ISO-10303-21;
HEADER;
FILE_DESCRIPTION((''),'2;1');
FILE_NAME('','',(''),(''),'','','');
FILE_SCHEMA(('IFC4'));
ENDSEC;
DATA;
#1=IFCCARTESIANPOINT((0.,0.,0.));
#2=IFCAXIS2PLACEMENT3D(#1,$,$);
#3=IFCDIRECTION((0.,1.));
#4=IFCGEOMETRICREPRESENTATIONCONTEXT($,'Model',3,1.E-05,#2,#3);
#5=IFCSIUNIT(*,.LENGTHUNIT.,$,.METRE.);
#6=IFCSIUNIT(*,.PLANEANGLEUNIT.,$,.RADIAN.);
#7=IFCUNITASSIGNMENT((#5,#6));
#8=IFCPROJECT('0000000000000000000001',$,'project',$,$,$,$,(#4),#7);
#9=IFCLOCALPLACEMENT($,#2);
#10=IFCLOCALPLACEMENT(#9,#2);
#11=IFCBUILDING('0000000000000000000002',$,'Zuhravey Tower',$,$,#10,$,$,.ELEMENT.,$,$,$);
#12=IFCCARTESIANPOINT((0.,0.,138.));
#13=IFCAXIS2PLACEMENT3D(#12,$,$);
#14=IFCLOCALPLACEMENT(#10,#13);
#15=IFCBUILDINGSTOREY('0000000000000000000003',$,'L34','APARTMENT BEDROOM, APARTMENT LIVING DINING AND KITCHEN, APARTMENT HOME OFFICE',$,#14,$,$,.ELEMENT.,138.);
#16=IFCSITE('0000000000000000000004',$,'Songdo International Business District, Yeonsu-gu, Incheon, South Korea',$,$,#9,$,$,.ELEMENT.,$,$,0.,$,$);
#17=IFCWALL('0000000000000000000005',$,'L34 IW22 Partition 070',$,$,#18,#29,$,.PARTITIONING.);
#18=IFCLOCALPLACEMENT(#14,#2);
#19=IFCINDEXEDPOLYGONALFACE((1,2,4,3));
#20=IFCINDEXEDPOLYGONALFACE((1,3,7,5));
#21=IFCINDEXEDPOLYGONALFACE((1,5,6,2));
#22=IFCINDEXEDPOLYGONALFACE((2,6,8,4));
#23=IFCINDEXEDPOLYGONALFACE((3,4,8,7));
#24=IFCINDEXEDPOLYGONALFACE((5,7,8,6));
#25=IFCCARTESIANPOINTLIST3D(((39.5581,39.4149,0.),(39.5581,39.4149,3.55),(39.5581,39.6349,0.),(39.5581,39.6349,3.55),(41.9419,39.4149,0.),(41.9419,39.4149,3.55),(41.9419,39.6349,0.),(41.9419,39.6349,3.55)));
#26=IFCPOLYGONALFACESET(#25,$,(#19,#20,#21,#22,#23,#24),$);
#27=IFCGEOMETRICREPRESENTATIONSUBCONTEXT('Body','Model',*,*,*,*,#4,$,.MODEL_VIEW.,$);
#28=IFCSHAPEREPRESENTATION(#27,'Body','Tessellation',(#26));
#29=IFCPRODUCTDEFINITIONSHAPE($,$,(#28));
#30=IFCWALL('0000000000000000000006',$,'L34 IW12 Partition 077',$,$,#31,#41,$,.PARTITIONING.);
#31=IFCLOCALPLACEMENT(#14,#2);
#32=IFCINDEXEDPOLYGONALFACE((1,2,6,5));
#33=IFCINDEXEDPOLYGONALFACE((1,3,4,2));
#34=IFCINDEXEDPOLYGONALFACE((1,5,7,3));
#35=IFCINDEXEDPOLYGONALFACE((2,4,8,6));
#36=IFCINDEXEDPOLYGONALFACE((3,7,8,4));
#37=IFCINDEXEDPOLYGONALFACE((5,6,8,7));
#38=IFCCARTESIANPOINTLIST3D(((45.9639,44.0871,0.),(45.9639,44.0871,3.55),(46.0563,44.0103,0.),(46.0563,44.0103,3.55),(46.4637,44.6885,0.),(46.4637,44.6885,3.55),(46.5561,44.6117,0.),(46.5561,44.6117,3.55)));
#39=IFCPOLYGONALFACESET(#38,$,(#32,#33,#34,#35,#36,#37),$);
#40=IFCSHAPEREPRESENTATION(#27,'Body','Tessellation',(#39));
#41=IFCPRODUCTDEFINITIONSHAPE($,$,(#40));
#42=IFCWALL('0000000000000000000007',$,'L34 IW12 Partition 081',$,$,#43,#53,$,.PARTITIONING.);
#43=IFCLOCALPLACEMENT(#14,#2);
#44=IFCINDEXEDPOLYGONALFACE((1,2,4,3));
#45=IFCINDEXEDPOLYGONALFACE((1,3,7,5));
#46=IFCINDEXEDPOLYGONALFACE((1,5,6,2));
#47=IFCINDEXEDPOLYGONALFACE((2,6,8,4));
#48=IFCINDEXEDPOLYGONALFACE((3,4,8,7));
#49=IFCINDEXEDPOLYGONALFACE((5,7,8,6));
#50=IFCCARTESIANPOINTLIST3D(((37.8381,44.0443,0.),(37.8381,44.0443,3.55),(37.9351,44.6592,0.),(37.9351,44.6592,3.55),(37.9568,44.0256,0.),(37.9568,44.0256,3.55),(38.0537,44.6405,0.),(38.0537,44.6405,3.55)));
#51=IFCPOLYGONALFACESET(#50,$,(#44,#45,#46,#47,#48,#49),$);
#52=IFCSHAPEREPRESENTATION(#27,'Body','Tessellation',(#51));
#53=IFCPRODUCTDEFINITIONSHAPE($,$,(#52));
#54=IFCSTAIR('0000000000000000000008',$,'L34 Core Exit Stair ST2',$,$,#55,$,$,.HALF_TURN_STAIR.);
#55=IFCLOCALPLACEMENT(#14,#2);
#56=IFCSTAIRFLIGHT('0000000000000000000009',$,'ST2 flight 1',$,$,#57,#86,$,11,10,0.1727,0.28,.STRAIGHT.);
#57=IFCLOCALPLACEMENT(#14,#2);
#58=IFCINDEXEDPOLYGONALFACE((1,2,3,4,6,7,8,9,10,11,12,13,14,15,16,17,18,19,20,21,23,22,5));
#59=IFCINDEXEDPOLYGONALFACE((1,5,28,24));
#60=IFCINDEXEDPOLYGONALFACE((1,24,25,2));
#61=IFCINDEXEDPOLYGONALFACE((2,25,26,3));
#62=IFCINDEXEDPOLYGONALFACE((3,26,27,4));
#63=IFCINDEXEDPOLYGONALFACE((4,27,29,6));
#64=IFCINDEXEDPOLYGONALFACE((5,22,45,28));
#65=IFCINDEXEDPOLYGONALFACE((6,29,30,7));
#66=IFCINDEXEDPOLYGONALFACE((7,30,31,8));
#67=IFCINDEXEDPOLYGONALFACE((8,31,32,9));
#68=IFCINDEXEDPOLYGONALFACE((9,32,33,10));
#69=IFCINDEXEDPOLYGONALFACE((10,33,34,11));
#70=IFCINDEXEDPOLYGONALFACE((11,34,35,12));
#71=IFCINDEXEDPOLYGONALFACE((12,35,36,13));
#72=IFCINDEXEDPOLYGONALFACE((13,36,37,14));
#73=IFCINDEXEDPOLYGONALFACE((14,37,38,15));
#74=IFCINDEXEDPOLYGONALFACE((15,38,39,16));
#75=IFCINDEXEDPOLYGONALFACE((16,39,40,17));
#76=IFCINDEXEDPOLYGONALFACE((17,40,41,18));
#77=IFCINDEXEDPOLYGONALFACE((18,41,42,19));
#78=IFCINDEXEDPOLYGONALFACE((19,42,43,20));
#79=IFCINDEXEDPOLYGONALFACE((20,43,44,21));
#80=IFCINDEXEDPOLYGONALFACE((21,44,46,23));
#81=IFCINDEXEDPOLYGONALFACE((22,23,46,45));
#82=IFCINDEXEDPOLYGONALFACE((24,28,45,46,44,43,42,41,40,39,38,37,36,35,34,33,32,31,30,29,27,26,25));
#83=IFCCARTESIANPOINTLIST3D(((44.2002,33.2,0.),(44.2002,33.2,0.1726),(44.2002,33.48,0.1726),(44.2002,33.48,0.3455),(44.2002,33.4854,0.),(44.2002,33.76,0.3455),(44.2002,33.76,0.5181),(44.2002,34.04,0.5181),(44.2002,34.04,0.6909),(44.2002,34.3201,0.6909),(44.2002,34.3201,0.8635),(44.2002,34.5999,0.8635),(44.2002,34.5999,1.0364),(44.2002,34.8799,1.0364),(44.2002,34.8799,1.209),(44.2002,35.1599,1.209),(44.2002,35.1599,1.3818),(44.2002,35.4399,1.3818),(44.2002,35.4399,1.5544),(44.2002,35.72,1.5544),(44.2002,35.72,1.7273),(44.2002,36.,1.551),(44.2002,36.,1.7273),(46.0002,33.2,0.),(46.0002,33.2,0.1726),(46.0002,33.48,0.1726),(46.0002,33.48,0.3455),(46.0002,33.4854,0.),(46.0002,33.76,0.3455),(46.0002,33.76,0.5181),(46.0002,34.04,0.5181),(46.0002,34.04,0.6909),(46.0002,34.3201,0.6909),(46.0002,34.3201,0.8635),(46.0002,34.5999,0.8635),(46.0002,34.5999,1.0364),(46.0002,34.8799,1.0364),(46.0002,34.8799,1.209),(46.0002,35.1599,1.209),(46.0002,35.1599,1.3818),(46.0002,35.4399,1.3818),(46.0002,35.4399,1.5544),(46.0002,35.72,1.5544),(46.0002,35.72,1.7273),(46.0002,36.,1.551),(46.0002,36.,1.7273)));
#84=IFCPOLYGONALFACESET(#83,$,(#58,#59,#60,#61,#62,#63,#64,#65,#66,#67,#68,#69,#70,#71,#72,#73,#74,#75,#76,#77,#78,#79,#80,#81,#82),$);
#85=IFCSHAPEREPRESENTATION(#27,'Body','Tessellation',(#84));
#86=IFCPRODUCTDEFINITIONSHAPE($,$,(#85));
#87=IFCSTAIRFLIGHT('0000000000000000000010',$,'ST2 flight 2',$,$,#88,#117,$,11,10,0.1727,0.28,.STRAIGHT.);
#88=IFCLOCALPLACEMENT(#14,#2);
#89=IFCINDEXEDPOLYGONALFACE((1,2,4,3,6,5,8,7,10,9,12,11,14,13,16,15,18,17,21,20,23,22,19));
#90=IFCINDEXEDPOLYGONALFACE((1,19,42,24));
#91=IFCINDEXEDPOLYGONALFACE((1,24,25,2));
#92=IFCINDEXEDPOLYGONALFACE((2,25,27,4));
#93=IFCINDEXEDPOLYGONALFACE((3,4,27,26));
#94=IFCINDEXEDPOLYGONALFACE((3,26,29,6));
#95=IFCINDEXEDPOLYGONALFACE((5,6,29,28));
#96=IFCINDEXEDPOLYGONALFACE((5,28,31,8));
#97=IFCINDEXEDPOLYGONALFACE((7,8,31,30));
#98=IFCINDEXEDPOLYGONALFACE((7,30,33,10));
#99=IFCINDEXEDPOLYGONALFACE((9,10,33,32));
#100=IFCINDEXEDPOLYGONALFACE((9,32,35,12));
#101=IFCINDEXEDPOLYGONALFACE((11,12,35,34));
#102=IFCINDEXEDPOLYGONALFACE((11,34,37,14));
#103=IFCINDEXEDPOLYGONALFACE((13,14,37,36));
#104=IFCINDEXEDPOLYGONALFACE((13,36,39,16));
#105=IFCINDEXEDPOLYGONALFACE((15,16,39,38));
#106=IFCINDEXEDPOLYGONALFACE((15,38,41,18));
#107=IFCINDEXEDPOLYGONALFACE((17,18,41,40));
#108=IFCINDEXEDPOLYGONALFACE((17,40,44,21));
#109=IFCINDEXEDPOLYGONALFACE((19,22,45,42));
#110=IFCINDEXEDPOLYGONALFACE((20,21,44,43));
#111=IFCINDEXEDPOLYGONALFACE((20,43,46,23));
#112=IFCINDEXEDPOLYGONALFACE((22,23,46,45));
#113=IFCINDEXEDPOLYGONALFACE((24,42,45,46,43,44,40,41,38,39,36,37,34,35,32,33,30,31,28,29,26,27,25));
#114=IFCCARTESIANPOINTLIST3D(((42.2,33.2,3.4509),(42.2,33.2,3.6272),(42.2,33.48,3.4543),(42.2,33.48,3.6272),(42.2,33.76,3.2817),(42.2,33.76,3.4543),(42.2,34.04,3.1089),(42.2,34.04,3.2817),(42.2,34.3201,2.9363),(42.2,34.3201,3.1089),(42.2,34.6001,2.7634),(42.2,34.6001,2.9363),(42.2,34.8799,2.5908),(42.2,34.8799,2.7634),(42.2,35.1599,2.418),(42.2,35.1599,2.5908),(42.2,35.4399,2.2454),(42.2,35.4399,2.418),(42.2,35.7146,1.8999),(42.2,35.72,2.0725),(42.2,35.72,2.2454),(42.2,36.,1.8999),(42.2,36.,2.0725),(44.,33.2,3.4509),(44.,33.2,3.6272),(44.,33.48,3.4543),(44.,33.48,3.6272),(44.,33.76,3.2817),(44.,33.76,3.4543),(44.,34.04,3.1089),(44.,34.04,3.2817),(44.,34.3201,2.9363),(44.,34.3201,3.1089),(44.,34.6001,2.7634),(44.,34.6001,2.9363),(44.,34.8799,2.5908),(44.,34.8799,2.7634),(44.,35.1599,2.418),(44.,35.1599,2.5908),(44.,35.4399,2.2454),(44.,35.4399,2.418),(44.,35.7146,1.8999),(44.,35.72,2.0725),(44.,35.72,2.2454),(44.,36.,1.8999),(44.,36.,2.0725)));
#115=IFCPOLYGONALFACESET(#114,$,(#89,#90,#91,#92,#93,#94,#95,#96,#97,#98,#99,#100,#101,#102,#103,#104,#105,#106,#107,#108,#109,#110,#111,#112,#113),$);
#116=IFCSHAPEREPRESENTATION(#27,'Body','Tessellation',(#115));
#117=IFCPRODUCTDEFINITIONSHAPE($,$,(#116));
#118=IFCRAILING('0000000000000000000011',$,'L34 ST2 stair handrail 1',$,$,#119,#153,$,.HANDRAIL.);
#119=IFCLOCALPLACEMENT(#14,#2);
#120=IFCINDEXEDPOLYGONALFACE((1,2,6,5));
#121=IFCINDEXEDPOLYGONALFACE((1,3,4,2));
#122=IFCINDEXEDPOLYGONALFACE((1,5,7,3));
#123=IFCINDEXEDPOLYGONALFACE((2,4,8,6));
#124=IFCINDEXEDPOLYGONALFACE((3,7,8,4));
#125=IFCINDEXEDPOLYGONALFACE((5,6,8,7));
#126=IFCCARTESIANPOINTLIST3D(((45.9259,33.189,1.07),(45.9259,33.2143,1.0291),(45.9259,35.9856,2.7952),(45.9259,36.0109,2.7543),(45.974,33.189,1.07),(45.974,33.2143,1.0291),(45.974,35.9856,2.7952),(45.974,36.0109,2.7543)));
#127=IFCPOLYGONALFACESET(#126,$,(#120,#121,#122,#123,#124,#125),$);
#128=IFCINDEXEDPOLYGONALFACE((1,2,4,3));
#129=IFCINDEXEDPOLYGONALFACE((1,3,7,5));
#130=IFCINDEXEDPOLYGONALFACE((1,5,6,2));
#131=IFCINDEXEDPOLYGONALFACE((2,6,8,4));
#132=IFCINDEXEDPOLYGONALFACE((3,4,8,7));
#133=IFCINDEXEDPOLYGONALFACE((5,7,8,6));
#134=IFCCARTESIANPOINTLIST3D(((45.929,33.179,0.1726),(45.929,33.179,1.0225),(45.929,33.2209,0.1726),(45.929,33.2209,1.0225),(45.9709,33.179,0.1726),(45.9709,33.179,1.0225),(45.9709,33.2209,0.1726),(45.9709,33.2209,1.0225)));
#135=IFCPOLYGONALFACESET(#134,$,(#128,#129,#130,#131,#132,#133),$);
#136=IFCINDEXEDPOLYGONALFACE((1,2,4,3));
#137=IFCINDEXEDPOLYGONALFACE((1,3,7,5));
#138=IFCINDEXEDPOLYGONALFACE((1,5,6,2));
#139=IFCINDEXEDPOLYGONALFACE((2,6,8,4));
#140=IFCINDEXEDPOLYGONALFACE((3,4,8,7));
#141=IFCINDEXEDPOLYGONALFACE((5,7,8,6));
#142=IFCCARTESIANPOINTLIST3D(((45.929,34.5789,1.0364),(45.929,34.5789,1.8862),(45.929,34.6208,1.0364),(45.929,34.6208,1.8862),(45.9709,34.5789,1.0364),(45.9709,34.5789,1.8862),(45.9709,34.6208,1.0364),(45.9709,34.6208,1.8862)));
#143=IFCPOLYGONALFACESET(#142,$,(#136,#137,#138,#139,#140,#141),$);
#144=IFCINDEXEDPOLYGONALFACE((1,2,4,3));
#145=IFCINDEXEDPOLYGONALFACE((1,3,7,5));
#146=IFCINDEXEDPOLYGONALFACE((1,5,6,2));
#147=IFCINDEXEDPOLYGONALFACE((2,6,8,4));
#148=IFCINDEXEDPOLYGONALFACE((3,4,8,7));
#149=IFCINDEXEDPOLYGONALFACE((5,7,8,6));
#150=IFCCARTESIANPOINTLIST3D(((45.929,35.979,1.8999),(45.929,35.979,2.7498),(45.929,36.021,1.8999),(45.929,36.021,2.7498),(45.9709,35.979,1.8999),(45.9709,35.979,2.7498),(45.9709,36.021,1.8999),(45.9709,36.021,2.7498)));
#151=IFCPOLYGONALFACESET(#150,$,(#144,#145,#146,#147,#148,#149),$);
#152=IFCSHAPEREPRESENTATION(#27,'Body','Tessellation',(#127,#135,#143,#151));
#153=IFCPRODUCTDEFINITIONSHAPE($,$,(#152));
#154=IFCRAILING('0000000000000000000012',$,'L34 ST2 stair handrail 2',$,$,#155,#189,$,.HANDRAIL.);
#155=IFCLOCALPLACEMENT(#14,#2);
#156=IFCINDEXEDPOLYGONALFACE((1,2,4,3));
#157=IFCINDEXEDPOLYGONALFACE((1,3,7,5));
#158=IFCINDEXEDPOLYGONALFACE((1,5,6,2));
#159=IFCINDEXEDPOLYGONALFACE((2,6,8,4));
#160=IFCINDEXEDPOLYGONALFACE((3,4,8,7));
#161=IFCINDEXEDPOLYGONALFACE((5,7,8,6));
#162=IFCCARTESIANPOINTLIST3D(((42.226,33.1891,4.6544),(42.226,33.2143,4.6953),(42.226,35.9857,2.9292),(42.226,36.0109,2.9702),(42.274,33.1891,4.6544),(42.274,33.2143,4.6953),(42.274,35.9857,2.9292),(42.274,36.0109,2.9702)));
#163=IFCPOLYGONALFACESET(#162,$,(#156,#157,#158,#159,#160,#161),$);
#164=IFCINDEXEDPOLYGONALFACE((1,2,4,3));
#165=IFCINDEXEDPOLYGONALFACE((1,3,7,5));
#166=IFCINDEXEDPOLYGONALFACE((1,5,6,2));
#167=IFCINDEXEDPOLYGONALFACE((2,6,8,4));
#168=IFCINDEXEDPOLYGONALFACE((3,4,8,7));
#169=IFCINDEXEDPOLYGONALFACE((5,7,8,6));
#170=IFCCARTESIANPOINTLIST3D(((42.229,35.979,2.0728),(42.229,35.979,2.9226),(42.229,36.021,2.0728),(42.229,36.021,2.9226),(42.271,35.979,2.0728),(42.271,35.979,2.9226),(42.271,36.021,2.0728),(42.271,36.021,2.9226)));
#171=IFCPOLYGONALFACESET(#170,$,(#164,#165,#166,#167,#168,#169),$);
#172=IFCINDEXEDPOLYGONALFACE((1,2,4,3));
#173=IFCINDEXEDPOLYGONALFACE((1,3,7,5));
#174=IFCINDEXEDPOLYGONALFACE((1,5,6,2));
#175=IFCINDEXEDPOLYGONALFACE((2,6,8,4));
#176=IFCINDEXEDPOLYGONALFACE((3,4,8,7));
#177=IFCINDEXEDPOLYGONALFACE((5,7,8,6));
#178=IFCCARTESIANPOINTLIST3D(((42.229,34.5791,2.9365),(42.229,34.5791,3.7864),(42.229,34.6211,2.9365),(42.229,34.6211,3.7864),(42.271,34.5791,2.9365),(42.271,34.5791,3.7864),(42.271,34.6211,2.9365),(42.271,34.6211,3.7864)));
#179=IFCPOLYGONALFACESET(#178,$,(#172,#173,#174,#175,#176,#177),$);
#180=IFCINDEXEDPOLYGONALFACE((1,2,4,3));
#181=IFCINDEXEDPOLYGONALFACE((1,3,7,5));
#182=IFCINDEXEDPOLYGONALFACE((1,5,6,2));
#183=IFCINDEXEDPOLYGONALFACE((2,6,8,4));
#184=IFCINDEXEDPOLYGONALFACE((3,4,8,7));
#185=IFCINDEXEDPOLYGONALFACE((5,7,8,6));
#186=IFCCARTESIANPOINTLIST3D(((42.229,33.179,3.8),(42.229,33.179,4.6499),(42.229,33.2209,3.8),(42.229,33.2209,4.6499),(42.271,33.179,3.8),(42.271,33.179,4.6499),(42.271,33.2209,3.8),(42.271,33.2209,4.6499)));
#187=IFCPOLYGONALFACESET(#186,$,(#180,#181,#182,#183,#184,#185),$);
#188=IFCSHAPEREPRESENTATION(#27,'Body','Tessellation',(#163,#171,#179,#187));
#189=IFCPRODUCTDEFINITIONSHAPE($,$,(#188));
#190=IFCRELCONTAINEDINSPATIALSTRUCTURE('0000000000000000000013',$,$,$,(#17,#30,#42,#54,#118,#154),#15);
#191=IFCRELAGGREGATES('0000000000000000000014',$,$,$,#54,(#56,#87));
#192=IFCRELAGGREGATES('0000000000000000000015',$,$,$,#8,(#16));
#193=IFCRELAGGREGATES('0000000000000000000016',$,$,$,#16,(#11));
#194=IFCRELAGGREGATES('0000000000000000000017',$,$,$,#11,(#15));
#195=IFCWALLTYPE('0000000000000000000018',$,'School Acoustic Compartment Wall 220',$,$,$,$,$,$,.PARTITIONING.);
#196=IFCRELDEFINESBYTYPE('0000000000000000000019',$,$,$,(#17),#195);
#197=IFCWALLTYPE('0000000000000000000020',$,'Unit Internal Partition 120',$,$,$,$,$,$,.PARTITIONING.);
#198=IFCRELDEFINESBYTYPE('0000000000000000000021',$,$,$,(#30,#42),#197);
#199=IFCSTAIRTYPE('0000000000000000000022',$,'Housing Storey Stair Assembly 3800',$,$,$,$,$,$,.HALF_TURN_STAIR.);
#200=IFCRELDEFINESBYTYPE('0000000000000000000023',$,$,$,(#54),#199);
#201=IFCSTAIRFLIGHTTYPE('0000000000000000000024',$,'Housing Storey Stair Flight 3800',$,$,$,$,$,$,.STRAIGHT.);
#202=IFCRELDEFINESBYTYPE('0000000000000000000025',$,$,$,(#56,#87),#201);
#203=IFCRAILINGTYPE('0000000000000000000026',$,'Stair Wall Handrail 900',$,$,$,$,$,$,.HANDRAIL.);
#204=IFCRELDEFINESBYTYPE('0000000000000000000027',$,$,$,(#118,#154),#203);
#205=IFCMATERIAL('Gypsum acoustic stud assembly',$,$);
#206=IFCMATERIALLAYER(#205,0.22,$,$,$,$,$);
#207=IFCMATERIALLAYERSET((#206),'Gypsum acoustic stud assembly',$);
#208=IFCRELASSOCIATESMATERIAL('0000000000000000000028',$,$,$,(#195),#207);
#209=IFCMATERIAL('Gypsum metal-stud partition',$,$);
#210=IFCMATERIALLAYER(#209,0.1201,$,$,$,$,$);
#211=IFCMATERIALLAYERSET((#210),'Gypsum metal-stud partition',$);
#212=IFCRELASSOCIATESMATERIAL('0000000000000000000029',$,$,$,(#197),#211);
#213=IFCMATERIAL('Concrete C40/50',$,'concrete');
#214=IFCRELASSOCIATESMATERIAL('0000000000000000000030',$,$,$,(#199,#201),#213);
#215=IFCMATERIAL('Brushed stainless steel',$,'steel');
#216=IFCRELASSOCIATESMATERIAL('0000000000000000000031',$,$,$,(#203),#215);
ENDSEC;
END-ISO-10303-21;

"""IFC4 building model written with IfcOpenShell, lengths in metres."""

from ifc_helpers import new_model, si_unit, direction, frame, frame_2d, origin, origin_2d, place, context, subcontext, project, spatial, polyline, rectangle, outline, extrude, material, layer, layer_set, type_object, element, aggregate, save


model = new_model("IFC4")

# Units and contexts
model_context = context("Model", 3, precision=1e-05, world=origin(), true_north=direction((0.0, 1.0)))
body_context = subcontext(model_context, "Body", "Model", "MODEL_VIEW")
ifc_project = project(units=[si_unit("LENGTHUNIT", "METRE"), si_unit("PLANEANGLEUNIT", "RADIAN")], contexts=[model_context])

# Site, building, storey
site_placement = place(None, origin())
site = spatial("IfcSite", under=ifc_project, at=site_placement, Name="Songdo International Business District, Yeonsu-gu, Incheon, South Korea", CompositionType="ELEMENT", RefElevation=0.0)
building_placement = place(site_placement, origin())
building = spatial("IfcBuilding", under=site, at=building_placement, Name="Zuhravey Tower", CompositionType="ELEMENT")
storey_placement = place(building_placement, frame((0.0, 0.0, 138.0)))
storey = spatial("IfcBuildingStorey", under=building, at=storey_placement, Name="L34", Description="APARTMENT BEDROOM, APARTMENT LIVING DINING AND KITCHEN, APARTMENT HOME OFFICE", CompositionType="ELEMENT", Elevation=138.0)

# Walls
ifc_material_1 = material(Name="Gypsum acoustic stud assembly")
ifc_layer_1 = layer(ifc_material_1, 0.22)
ifc_layer_set_1 = layer_set([ifc_layer_1], Name="Gypsum acoustic stud assembly")
wall_type_1 = type_object("IfcWallType", Name="School Acoustic Compartment Wall 220", PredefinedType="PARTITIONING", material=ifc_layer_set_1)
for number, where, z_axis, x_axis, name in (
    (1, (39.5581, 39.5249, 0.0), (0.0, 0.0, 1.0), (1.0, 0.0, 0.0), "L34 IW22 Partition 070"),
):
    element("IfcWall", number, at=place(storey_placement, frame(where, z_axis=z_axis, x_axis=x_axis)), inside=storey, type_object=wall_type_1, Name=name, PredefinedType="PARTITIONING", context=body_context, shape_type="SweptSolid", body=[
        extrude(rectangle(XDim=2.3838, YDim=0.22, at=frame_2d((1.1919, 0.0))), origin(), (0.0, 0.0, 1.0), 3.55),
    ])
ifc_material_2 = material(Name="Gypsum metal-stud partition")
ifc_layer_2 = layer(ifc_material_2, 0.1201)
ifc_layer_set_2 = layer_set([ifc_layer_2], Name="Gypsum metal-stud partition")
wall_type_2 = type_object("IfcWallType", Name="Unit Internal Partition 120", PredefinedType="PARTITIONING", material=ifc_layer_set_2)
wall_1_placement = place(storey_placement, frame((46.01, 44.0486, 0.0), z_axis=(0.0, 0.0, 1.0), x_axis=(0.63917, 0.769065, 0.0)))
element("IfcWall", 2, at=wall_1_placement, inside=storey, type_object=wall_type_2, Name="L34 IW12 Partition 077", PredefinedType="PARTITIONING", context=body_context, shape_type="SweptSolid", body=[
    extrude(rectangle(XDim=0.782, YDim=0.1201, at=frame_2d((0.3911, 0.0))), origin(), (0.0, 0.0, 1.0), 3.55),
])
wall_2_placement = place(storey_placement, frame((37.8975, 44.0349, 0.0), z_axis=(0.0, 0.0, 1.0), x_axis=(0.155681, 0.987807, 0.0)))
element("IfcWall", 3, at=wall_2_placement, inside=storey, type_object=wall_type_2, Name="L34 IW12 Partition 081", PredefinedType="PARTITIONING", context=body_context, shape_type="SweptSolid", body=[
    extrude(rectangle(XDim=0.6226, YDim=0.1201, at=frame_2d((0.3113, 0.0))), origin(), (0.0, 0.0, 1.0), 3.55),
])

# Stair, stair flights
ifc_material_3 = material(Name="Concrete C40/50", Category="concrete")
stair_type = type_object("IfcStairType", Name="Housing Storey Stair Assembly 3800", PredefinedType="HALF_TURN_STAIR", material=ifc_material_3)
stair_placement = place(storey_placement, origin())
stair = element("IfcStair", 4, at=stair_placement, inside=storey, type_object=stair_type, Name="L34 Core Exit Stair ST2", PredefinedType="HALF_TURN_STAIR")
stair_flight_type = type_object("IfcStairFlightType", Name="Housing Storey Stair Flight 3800", PredefinedType="STRAIGHT", material=ifc_material_3)
stair_flight_1_placement = place(storey_placement, frame((45.1001, 33.2, 0.0), z_axis=(0.0, 0.0, 1.0), x_axis=(0.0, 1.0, 0.0)))
stair_flight_1 = element("IfcStairFlight", 5, at=stair_flight_1_placement, type_object=stair_flight_type, Name="ST2 flight 1", NumberOfRisers=11, NumberOfTreads=10, PredefinedType="STRAIGHT", RiserHeight=0.1727, TreadLength=0.28, context=body_context, shape_type="SweptSolid", body=[
    extrude(outline(polyline([(0.0, 0.0), (0.0, 0.1726), (0.28, 0.1726), (0.28, 0.3455), (0.5601, 0.3455), (0.5601, 0.5181), (0.8401, 0.5181), (0.8401, 0.6909), (1.1201, 0.6909), (1.1201, 0.8635), (1.3999, 0.8635), (1.3999, 1.0364), (1.6799, 1.0364), (1.6799, 1.209), (1.96, 1.209), (1.96, 1.3818), (2.24, 1.3818), (2.24, 1.5544), (2.52, 1.5544), (2.52, 1.7273), (2.8, 1.7273), (2.8, 1.8999), (2.8, 1.551), (0.2854, 0.0), (0.0, 0.0)])), frame((0.0, 0.8999, 0.0), z_axis=(0.0, -1.0, 0.0), x_axis=(1.0, 0.0, 0.0)), (0.0, 0.0, 1.0), 1.8),
])
stair_flight_2_placement = place(storey_placement, frame((43.1001, 36.0, 1.8999), z_axis=(0.0, 0.0, 1.0), x_axis=(0.0, -1.0, 0.0)))
stair_flight_2 = element("IfcStairFlight", 6, at=stair_flight_2_placement, type_object=stair_flight_type, Name="ST2 flight 2", NumberOfRisers=11, NumberOfTreads=10, PredefinedType="STRAIGHT", RiserHeight=0.1727, TreadLength=0.28, context=body_context, shape_type="SweptSolid", body=[
    extrude(outline(polyline([(0.0, 0.0), (0.0, 0.1726), (0.28, 0.1726), (0.28, 0.3455), (0.5601, 0.3455), (0.5601, 0.5181), (0.8401, 0.5181), (0.8401, 0.6909), (1.1201, 0.6909), (1.1201, 0.8635), (1.3999, 0.8635), (1.3999, 1.0364), (1.6799, 1.0364), (1.6799, 1.209), (1.96, 1.209), (1.96, 1.3818), (2.24, 1.3818), (2.24, 1.5544), (2.52, 1.5544), (2.52, 1.7273), (2.8, 1.7273), (2.8, 1.8999), (2.8, 1.551), (0.2854, 0.0), (0.0, 0.0)])), frame((0.0, 0.8999, 0.0), z_axis=(0.0, -1.0, 0.0), x_axis=(1.0, 0.0, 0.0)), (0.0, 0.0, 1.0), 1.8),
])
aggregate(stair, [stair_flight_1, stair_flight_2])

# Railings
ifc_material_4 = material(Name="Brushed stainless steel", Category="steel")
railing_type_1 = type_object("IfcRailingType", Name="Stair Wall Handrail 900", PredefinedType="HANDRAIL", material=ifc_material_4)
railing_1_placement = place(storey_placement, frame((45.95, 33.2, 0.1726)))
element("IfcRailing", 7, at=railing_1_placement, inside=storey, type_object=railing_type_1, Name="L34 ST2 stair handrail 1", PredefinedType="HANDRAIL", context=body_context, shape_type="SweptSolid", body=[
    extrude(rectangle(XDim=0.0481, YDim=0.0481, at=origin_2d()), frame((0.0, 0.0017, 0.877), z_axis=(0.0, 0.85109, 0.52502), x_axis=(-1.0, 0.0, 0.0)), (0.0, 0.0, 1.0), 3.2859),
    extrude(rectangle(XDim=0.042, YDim=0.042, at=origin_2d()), origin(), (0.0, 0.0, 1.0), 0.8499),
    extrude(rectangle(XDim=0.042, YDim=0.042, at=origin_2d()), frame((0.0, 1.3999, 0.8638)), (0.0, 0.0, 1.0), 0.8499),
    extrude(rectangle(XDim=0.042, YDim=0.042, at=origin_2d()), frame((0.0, 2.8, 1.7273)), (0.0, 0.0, 1.0), 0.8499),
])
railing_2_placement = place(storey_placement, frame((42.25, 36.0, 2.0728)))
element("IfcRailing", 8, at=railing_2_placement, inside=storey, type_object=railing_type_1, Name="L34 ST2 stair handrail 2", PredefinedType="HANDRAIL", context=body_context, shape_type="SweptSolid", body=[
    extrude(rectangle(XDim=0.0481, YDim=0.0481, at=origin_2d()), frame((0.0, -0.0017, 0.877), z_axis=(0.0, -0.85109, 0.52502), x_axis=(1.0, 0.0, 0.0)), (0.0, 0.0, 1.0), 3.2859),
    extrude(rectangle(XDim=0.042, YDim=0.042, at=origin_2d()), origin(), (0.0, 0.0, 1.0), 0.8499),
    extrude(rectangle(XDim=0.042, YDim=0.042, at=origin_2d()), frame((0.0, -1.3999, 0.8638)), (0.0, 0.0, 1.0), 0.8499),
    extrude(rectangle(XDim=0.042, YDim=0.042, at=origin_2d()), frame((0.0, -2.8, 1.7273)), (0.0, 0.0, 1.0), 0.8499),
])

save(model, "model.ifc")
